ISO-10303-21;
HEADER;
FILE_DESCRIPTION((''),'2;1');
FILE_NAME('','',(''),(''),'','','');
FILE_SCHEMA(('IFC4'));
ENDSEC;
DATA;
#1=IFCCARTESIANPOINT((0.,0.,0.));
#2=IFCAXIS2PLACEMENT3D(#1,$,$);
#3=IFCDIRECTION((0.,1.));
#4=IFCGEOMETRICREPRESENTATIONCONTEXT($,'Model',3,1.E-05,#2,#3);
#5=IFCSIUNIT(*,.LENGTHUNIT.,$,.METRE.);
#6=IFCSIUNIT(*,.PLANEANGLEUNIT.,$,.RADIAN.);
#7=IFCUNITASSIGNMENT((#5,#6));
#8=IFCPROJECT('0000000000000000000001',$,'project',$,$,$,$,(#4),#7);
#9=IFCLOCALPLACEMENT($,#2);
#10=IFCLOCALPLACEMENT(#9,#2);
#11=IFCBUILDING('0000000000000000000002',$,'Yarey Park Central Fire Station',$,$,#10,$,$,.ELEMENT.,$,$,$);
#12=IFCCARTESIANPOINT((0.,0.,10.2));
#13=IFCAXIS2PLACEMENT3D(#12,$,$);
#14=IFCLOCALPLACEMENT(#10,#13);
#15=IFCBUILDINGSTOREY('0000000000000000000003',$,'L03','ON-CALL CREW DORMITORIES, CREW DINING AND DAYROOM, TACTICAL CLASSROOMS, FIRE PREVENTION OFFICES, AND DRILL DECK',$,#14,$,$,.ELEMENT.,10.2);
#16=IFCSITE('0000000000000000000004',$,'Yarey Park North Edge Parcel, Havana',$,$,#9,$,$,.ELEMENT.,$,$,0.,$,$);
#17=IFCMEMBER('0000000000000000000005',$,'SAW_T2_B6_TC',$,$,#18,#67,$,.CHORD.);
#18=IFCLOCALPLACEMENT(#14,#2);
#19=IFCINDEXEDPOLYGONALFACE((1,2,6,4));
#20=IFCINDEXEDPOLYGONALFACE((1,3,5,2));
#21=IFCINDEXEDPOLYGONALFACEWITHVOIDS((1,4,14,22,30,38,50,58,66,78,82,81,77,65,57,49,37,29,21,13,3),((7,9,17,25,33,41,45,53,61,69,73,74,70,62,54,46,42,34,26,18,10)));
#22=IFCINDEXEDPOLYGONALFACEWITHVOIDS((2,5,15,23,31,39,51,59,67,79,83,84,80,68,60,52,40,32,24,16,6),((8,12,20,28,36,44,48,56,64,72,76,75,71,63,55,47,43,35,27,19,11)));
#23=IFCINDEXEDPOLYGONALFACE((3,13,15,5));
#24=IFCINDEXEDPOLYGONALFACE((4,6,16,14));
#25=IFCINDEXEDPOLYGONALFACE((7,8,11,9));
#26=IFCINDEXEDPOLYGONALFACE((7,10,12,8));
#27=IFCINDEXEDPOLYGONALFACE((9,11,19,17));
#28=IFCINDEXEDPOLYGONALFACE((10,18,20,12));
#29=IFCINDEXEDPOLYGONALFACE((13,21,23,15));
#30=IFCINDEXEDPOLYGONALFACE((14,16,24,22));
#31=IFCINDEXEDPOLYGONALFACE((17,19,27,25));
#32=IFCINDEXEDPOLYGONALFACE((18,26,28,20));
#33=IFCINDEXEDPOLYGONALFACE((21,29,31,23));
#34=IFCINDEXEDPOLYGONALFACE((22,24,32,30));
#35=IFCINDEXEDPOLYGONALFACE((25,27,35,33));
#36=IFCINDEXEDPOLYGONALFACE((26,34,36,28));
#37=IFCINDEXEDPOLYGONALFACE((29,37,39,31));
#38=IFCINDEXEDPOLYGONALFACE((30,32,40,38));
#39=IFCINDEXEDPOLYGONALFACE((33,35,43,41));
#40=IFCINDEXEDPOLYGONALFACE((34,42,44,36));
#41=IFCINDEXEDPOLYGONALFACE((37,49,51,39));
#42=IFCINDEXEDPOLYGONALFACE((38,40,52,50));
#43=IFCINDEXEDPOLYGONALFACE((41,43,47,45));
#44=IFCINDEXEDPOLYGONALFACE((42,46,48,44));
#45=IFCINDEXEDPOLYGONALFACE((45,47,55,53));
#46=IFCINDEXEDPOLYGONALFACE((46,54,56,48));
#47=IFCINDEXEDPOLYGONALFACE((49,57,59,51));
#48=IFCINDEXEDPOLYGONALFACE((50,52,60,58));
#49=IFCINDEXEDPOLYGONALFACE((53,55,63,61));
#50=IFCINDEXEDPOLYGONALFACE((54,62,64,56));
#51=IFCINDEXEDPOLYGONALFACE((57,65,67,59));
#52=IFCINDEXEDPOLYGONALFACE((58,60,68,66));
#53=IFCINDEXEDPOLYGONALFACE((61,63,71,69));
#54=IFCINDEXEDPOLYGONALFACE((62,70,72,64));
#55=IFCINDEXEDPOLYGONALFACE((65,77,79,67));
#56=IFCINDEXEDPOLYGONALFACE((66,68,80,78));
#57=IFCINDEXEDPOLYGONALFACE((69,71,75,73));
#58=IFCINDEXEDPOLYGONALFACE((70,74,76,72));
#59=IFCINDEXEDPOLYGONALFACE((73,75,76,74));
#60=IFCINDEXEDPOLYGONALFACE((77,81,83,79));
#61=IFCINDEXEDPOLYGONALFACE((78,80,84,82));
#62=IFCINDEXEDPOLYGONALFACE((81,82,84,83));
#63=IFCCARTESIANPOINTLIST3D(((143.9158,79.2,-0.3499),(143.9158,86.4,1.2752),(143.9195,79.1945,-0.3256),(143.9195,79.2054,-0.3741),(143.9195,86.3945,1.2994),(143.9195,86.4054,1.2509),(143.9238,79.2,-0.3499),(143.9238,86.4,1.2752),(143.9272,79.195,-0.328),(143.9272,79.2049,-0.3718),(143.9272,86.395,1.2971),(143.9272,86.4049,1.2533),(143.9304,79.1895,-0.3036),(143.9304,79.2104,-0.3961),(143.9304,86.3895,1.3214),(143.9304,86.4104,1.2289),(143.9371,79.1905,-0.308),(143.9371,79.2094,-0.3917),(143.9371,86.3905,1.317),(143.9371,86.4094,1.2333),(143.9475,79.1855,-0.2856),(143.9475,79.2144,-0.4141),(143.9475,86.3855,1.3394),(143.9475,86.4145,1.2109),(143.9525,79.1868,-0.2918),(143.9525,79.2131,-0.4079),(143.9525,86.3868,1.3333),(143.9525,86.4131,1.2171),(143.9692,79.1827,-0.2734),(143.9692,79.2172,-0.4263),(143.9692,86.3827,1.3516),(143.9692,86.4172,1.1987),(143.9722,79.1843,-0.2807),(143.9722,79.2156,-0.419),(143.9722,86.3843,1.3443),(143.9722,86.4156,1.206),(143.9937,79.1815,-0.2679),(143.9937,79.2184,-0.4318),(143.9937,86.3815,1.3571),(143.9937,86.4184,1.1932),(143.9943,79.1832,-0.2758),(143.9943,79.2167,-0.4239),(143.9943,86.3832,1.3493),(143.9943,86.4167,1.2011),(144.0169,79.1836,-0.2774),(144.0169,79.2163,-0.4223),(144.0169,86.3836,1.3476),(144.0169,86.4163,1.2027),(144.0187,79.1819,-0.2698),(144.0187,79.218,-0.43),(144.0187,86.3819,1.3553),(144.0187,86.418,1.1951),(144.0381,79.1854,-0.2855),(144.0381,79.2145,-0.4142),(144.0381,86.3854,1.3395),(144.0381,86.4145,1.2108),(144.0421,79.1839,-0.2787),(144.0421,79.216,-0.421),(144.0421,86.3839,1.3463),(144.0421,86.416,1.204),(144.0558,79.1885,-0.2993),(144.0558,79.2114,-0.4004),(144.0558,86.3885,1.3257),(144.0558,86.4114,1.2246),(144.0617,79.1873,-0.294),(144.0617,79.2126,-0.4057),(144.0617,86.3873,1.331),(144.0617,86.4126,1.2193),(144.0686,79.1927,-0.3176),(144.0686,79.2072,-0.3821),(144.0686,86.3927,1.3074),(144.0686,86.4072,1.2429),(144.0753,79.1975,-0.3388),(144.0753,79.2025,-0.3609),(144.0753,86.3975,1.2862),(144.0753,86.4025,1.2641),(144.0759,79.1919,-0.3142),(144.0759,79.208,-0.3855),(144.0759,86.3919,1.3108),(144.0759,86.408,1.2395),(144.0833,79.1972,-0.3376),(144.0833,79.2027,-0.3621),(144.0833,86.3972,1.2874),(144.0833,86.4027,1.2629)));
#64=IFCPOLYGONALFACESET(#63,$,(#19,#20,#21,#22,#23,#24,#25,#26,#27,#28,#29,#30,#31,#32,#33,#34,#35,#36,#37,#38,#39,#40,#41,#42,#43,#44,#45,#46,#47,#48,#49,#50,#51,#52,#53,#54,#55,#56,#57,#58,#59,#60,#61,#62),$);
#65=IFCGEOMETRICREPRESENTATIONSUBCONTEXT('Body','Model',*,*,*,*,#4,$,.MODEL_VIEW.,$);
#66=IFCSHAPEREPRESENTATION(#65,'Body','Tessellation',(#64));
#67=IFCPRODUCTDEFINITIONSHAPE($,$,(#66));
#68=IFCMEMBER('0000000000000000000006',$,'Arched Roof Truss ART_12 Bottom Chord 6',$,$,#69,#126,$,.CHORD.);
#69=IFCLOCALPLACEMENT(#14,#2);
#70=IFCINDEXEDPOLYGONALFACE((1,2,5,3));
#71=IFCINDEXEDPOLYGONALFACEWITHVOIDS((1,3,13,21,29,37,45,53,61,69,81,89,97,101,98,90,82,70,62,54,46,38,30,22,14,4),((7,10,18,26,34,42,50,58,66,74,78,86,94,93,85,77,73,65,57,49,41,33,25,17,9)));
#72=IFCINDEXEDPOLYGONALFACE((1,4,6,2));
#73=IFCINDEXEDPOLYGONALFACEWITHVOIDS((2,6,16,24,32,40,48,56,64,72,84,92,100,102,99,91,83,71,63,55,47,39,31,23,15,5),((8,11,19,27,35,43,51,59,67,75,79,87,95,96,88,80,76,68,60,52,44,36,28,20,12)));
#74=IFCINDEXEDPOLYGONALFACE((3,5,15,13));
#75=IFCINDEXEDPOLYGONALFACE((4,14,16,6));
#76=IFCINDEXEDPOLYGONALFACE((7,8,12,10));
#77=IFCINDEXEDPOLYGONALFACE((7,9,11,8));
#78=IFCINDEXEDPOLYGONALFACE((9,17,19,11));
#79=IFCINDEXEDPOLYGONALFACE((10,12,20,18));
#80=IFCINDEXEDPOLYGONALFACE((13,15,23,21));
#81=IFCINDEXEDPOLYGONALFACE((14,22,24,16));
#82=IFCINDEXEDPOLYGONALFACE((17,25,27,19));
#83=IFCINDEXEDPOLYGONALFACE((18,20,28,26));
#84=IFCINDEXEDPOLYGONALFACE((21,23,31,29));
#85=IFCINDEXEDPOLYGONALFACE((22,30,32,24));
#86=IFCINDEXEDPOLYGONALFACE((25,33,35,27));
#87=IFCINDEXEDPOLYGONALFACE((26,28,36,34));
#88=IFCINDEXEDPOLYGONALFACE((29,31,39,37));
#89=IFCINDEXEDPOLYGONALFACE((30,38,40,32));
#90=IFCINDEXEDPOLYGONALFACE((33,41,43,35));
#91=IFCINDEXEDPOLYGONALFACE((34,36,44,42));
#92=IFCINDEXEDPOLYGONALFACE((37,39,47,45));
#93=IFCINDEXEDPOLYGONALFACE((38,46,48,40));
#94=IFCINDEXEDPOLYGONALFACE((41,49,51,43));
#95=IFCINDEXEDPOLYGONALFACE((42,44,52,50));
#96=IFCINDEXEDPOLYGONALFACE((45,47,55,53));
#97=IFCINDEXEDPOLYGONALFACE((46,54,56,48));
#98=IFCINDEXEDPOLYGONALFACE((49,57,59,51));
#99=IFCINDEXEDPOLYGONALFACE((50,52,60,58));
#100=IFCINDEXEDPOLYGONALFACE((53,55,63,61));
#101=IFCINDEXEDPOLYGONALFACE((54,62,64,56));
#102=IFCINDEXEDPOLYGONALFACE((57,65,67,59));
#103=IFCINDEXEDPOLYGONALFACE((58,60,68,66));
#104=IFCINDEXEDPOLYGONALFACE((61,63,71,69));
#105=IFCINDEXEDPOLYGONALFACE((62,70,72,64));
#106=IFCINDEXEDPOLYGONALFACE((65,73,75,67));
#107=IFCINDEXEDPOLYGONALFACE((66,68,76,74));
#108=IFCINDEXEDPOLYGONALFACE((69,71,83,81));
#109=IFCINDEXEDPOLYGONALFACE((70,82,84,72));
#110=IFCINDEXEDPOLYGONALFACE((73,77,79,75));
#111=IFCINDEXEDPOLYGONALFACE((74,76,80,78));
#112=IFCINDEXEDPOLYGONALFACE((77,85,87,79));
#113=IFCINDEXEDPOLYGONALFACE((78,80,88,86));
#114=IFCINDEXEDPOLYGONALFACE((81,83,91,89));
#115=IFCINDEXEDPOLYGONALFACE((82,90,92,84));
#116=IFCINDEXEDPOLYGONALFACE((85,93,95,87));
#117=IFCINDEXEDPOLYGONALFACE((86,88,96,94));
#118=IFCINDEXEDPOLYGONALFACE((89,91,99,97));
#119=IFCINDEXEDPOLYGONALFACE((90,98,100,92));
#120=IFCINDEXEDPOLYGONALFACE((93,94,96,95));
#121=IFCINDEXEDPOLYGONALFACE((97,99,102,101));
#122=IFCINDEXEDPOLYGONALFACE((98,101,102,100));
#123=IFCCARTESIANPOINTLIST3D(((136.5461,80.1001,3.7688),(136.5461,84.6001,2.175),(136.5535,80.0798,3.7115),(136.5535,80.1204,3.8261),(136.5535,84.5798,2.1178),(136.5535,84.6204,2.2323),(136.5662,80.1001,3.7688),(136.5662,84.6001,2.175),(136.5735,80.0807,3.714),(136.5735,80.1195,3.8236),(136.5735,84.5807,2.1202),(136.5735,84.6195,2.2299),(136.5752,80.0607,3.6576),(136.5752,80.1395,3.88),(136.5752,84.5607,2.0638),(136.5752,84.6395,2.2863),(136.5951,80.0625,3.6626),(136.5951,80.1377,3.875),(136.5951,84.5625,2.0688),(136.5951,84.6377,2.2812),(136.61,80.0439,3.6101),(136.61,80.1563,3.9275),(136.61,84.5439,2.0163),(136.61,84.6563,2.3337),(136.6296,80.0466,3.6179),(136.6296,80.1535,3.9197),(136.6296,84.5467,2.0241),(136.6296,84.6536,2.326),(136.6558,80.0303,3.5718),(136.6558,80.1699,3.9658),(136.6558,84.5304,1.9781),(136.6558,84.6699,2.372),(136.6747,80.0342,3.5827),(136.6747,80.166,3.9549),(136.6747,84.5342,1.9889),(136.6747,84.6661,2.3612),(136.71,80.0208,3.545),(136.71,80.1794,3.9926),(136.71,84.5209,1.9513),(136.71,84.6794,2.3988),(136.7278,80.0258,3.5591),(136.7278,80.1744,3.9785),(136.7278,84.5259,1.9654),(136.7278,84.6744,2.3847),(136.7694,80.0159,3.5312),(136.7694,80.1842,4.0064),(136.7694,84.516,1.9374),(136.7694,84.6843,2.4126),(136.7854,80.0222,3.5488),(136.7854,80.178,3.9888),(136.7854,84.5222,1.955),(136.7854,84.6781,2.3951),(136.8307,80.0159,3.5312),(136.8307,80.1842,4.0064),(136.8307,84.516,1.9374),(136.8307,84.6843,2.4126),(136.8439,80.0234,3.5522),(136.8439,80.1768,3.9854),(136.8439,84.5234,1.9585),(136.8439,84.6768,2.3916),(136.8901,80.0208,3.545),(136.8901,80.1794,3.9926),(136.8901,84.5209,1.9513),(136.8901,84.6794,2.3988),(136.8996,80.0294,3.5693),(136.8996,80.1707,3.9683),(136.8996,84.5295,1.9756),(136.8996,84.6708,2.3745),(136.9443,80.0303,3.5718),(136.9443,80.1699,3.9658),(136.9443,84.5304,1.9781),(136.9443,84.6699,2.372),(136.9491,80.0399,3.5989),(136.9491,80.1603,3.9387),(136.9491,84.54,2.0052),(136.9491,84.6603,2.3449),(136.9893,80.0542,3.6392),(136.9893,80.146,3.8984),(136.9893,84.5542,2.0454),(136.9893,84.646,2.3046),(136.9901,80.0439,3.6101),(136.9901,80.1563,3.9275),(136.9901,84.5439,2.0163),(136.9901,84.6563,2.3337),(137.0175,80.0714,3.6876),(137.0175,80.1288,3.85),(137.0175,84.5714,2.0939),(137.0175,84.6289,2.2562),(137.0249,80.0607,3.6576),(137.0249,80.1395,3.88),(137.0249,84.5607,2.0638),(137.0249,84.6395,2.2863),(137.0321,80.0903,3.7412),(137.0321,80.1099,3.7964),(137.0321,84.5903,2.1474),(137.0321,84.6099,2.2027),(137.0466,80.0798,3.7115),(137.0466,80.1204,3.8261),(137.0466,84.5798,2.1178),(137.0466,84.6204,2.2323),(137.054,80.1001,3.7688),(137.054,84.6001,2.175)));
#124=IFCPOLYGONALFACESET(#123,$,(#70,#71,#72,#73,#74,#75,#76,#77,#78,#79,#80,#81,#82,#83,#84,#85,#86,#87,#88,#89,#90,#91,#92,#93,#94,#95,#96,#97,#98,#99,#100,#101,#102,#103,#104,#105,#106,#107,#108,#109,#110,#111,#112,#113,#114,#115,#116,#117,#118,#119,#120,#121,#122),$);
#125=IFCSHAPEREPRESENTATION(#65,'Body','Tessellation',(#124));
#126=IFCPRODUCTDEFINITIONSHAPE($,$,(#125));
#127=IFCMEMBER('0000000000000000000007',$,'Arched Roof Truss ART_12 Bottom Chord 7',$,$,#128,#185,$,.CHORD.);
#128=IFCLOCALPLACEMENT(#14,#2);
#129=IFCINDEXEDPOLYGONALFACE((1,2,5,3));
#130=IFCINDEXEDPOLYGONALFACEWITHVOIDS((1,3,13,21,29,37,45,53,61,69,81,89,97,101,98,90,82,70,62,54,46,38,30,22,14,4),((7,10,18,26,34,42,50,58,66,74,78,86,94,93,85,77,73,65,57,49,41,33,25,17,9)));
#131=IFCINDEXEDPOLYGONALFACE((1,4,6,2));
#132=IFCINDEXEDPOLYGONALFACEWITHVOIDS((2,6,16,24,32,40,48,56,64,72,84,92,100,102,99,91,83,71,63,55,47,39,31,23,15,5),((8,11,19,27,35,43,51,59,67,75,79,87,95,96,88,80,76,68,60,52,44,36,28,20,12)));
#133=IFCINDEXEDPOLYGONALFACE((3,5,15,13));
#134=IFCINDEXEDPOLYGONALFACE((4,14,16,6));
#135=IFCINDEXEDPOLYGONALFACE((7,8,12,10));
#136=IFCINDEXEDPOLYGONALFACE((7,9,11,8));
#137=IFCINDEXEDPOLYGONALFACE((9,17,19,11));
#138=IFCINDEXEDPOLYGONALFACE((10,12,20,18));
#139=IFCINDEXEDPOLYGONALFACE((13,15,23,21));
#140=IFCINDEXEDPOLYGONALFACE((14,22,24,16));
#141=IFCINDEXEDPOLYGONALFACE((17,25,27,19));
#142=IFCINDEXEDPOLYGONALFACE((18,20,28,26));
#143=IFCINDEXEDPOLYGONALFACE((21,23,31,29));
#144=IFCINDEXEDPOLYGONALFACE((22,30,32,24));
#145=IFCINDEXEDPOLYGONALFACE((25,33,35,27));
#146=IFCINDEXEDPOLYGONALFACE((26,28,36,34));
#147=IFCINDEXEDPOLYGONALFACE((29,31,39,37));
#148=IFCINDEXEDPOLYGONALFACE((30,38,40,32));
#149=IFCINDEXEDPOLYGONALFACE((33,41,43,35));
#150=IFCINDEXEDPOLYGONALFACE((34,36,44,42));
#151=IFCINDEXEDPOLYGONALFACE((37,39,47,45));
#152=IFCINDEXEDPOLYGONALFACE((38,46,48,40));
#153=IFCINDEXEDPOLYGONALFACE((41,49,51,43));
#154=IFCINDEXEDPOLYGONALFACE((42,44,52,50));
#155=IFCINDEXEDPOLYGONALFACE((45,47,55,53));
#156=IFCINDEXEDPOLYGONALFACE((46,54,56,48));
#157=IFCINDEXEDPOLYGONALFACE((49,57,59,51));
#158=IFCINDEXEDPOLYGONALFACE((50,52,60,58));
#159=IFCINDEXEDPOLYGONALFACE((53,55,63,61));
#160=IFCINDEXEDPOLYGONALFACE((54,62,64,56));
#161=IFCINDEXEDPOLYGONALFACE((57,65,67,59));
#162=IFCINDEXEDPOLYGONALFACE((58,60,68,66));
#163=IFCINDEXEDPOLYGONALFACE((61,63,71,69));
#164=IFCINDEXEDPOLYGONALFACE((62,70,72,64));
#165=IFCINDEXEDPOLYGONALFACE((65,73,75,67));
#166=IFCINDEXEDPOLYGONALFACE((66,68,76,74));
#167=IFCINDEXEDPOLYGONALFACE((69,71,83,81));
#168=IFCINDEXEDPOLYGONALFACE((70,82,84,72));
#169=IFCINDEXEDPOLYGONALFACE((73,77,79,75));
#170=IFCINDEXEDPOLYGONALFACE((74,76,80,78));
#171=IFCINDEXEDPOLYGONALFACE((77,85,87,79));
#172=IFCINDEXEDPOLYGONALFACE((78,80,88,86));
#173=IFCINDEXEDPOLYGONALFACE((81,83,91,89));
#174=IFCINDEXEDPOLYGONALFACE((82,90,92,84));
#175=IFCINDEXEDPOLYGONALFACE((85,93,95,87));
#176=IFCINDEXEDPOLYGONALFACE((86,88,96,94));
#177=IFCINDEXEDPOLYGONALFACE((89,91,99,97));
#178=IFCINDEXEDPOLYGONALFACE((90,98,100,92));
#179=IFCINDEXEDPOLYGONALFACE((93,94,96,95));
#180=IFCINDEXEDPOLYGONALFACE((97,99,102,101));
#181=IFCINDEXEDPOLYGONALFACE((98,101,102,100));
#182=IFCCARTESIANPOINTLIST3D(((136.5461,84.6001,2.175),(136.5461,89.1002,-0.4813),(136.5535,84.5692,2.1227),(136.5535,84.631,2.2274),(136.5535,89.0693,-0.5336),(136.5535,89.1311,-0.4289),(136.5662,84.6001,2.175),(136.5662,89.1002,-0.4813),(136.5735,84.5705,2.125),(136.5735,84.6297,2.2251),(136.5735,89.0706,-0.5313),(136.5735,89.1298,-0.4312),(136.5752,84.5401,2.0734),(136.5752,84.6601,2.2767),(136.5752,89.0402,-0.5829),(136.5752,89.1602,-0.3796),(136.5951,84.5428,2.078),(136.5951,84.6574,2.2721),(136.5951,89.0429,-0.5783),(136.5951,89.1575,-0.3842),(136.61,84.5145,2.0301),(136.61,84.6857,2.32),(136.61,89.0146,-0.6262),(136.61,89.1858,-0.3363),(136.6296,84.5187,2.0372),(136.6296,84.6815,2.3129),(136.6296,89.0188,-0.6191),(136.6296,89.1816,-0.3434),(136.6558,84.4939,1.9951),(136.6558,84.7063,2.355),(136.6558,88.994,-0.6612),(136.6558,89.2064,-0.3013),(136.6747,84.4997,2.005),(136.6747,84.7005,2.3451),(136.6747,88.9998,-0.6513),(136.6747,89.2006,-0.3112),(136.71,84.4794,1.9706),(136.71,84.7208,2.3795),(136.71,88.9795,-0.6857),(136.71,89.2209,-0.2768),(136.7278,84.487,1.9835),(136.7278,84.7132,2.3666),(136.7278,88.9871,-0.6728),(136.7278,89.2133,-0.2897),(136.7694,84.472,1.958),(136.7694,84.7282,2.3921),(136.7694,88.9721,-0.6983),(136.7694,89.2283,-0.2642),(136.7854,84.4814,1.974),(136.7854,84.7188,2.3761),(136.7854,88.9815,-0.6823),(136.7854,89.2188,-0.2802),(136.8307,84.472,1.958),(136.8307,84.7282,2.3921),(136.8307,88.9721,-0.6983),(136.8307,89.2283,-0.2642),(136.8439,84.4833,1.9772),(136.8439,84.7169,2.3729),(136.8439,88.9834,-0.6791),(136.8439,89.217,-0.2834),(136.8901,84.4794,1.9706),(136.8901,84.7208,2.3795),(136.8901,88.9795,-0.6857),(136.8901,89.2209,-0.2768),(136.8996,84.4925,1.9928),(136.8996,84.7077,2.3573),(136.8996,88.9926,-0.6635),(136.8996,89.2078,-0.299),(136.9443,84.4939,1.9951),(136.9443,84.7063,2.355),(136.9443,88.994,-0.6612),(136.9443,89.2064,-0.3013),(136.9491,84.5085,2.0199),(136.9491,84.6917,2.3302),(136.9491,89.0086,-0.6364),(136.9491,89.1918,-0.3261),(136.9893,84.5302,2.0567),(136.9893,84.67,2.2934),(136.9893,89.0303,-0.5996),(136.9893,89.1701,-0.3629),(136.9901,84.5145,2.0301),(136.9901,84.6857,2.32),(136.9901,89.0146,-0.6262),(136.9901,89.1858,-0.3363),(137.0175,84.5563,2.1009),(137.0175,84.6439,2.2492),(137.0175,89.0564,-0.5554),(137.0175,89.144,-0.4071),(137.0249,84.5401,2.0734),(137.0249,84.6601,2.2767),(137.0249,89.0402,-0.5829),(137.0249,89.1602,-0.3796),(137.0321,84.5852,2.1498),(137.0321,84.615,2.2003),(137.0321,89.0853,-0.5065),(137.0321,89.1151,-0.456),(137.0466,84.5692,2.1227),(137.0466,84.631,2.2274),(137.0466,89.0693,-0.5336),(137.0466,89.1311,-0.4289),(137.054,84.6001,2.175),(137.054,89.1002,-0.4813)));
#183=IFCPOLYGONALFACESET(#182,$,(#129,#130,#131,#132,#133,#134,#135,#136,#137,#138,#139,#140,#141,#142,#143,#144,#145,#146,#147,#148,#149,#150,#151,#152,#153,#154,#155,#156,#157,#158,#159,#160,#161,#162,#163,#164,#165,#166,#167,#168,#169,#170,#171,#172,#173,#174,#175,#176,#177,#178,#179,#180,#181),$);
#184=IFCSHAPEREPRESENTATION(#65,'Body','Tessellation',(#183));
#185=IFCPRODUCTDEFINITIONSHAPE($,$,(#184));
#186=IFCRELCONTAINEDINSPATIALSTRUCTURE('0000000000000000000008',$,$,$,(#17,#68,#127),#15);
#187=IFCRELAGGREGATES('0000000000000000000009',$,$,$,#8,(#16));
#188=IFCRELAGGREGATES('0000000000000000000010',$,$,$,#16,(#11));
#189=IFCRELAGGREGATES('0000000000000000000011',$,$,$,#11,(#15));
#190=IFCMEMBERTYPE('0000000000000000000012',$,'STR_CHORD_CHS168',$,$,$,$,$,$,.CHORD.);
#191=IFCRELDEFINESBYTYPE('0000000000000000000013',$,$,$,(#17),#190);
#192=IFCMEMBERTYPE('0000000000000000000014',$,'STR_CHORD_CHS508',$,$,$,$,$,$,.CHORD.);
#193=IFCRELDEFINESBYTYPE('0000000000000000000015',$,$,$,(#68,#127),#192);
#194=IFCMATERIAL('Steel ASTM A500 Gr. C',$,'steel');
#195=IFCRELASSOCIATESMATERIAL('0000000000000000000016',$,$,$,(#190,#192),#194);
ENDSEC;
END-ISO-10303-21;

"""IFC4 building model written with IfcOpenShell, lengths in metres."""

from ifc_helpers import new_model, si_unit, direction, frame, origin, origin_2d, place, context, subcontext, project, spatial, hollow_circle, extrude, material, material_profile, profile_set, type_object, element, save


model = new_model("IFC4")

# Units and contexts
model_context = context("Model", 3, precision=1e-05, world=origin(), true_north=direction((0.0, 1.0)))
body_context = subcontext(model_context, "Body", "Model", "MODEL_VIEW")
ifc_project = project(units=[si_unit("LENGTHUNIT", "METRE"), si_unit("PLANEANGLEUNIT", "RADIAN")], contexts=[model_context])

# Site, building, storey
site_placement = place(None, origin())
site = spatial("IfcSite", under=ifc_project, at=site_placement, Name="Yarey Park North Edge Parcel, Havana", CompositionType="ELEMENT", RefElevation=0.0)
building_placement = place(site_placement, origin())
building = spatial("IfcBuilding", under=site, at=building_placement, Name="Yarey Park Central Fire Station", CompositionType="ELEMENT")
storey_placement = place(building_placement, frame((0.0, 0.0, 10.2)))
storey = spatial("IfcBuildingStorey", under=building, at=storey_placement, Name="L03", Description="ON-CALL CREW DORMITORIES, CREW DINING AND DAYROOM, TACTICAL CLASSROOMS, FIRE PREVENTION OFFICES, AND DRILL DECK", CompositionType="ELEMENT", Elevation=10.2)

# Members
ifc_material_1 = material(Name="Steel ASTM A500 Gr. C", Category="steel")
ifc_material_profile_1 = material_profile(ifc_material_1, hollow_circle(Radius=0.0842, WallThickness=0.0081, at=origin_2d()), Name="CHS 168.3x8")
ifc_profile_set_1 = profile_set([ifc_material_profile_1], Name="Steel ASTM A500 Gr. C")
member_type_1 = type_object("IfcMemberType", Name="STR_CHORD_CHS168", PredefinedType="CHORD", material=ifc_profile_set_1)
member_1_placement = place(storey_placement, frame((144.0, 79.2, -0.3499), z_axis=(0.0, 0.975464, 0.220158), x_axis=(-1.0, 0.0, 0.0)))
element("IfcMember", 1, at=member_1_placement, inside=storey, type_object=member_type_1, Name="SAW_T2_B6_TC", PredefinedType="CHORD", context=body_context, shape_type="SweptSolid", body=[
    extrude(hollow_circle(Radius=0.0842, WallThickness=0.0081, at=origin_2d()), origin(), (0.0, 0.0, 1.0), 7.3811),
])
ifc_material_profile_2 = material_profile(ifc_material_1, hollow_circle(Radius=0.2539, WallThickness=0.02, at=origin_2d()), Name="CHS 508x20")
ifc_profile_set_2 = profile_set([ifc_material_profile_2], Name="Steel ASTM A500 Gr. C")
member_type_2 = type_object("IfcMemberType", Name="STR_CHORD_CHS508", PredefinedType="CHORD", material=ifc_profile_set_2)
member_2_placement = place(storey_placement, frame((136.8, 80.1001, 3.7688), z_axis=(0.0, 0.942627, -0.333847), x_axis=(-1.0, 0.0, 0.0)))
element("IfcMember", 2, at=member_2_placement, inside=storey, type_object=member_type_2, Name="Arched Roof Truss ART_12 Bottom Chord 6", PredefinedType="CHORD", context=body_context, shape_type="SweptSolid", body=[
    extrude(hollow_circle(Radius=0.2539, WallThickness=0.02, at=origin_2d()), origin(), (0.0, 0.0, 1.0), 4.7739),
])
member_3_placement = place(storey_placement, frame((136.8, 84.6001, 2.175), z_axis=(0.0, 0.861165, -0.508326), x_axis=(-1.0, 0.0, 0.0)))
element("IfcMember", 3, at=member_3_placement, inside=storey, type_object=member_type_2, Name="Arched Roof Truss ART_12 Bottom Chord 7", PredefinedType="CHORD", context=body_context, shape_type="SweptSolid", body=[
    extrude(hollow_circle(Radius=0.2539, WallThickness=0.02, at=origin_2d()), origin(), (0.0, 0.0, 1.0), 5.2256),
])

save(model, "model.ifc")
